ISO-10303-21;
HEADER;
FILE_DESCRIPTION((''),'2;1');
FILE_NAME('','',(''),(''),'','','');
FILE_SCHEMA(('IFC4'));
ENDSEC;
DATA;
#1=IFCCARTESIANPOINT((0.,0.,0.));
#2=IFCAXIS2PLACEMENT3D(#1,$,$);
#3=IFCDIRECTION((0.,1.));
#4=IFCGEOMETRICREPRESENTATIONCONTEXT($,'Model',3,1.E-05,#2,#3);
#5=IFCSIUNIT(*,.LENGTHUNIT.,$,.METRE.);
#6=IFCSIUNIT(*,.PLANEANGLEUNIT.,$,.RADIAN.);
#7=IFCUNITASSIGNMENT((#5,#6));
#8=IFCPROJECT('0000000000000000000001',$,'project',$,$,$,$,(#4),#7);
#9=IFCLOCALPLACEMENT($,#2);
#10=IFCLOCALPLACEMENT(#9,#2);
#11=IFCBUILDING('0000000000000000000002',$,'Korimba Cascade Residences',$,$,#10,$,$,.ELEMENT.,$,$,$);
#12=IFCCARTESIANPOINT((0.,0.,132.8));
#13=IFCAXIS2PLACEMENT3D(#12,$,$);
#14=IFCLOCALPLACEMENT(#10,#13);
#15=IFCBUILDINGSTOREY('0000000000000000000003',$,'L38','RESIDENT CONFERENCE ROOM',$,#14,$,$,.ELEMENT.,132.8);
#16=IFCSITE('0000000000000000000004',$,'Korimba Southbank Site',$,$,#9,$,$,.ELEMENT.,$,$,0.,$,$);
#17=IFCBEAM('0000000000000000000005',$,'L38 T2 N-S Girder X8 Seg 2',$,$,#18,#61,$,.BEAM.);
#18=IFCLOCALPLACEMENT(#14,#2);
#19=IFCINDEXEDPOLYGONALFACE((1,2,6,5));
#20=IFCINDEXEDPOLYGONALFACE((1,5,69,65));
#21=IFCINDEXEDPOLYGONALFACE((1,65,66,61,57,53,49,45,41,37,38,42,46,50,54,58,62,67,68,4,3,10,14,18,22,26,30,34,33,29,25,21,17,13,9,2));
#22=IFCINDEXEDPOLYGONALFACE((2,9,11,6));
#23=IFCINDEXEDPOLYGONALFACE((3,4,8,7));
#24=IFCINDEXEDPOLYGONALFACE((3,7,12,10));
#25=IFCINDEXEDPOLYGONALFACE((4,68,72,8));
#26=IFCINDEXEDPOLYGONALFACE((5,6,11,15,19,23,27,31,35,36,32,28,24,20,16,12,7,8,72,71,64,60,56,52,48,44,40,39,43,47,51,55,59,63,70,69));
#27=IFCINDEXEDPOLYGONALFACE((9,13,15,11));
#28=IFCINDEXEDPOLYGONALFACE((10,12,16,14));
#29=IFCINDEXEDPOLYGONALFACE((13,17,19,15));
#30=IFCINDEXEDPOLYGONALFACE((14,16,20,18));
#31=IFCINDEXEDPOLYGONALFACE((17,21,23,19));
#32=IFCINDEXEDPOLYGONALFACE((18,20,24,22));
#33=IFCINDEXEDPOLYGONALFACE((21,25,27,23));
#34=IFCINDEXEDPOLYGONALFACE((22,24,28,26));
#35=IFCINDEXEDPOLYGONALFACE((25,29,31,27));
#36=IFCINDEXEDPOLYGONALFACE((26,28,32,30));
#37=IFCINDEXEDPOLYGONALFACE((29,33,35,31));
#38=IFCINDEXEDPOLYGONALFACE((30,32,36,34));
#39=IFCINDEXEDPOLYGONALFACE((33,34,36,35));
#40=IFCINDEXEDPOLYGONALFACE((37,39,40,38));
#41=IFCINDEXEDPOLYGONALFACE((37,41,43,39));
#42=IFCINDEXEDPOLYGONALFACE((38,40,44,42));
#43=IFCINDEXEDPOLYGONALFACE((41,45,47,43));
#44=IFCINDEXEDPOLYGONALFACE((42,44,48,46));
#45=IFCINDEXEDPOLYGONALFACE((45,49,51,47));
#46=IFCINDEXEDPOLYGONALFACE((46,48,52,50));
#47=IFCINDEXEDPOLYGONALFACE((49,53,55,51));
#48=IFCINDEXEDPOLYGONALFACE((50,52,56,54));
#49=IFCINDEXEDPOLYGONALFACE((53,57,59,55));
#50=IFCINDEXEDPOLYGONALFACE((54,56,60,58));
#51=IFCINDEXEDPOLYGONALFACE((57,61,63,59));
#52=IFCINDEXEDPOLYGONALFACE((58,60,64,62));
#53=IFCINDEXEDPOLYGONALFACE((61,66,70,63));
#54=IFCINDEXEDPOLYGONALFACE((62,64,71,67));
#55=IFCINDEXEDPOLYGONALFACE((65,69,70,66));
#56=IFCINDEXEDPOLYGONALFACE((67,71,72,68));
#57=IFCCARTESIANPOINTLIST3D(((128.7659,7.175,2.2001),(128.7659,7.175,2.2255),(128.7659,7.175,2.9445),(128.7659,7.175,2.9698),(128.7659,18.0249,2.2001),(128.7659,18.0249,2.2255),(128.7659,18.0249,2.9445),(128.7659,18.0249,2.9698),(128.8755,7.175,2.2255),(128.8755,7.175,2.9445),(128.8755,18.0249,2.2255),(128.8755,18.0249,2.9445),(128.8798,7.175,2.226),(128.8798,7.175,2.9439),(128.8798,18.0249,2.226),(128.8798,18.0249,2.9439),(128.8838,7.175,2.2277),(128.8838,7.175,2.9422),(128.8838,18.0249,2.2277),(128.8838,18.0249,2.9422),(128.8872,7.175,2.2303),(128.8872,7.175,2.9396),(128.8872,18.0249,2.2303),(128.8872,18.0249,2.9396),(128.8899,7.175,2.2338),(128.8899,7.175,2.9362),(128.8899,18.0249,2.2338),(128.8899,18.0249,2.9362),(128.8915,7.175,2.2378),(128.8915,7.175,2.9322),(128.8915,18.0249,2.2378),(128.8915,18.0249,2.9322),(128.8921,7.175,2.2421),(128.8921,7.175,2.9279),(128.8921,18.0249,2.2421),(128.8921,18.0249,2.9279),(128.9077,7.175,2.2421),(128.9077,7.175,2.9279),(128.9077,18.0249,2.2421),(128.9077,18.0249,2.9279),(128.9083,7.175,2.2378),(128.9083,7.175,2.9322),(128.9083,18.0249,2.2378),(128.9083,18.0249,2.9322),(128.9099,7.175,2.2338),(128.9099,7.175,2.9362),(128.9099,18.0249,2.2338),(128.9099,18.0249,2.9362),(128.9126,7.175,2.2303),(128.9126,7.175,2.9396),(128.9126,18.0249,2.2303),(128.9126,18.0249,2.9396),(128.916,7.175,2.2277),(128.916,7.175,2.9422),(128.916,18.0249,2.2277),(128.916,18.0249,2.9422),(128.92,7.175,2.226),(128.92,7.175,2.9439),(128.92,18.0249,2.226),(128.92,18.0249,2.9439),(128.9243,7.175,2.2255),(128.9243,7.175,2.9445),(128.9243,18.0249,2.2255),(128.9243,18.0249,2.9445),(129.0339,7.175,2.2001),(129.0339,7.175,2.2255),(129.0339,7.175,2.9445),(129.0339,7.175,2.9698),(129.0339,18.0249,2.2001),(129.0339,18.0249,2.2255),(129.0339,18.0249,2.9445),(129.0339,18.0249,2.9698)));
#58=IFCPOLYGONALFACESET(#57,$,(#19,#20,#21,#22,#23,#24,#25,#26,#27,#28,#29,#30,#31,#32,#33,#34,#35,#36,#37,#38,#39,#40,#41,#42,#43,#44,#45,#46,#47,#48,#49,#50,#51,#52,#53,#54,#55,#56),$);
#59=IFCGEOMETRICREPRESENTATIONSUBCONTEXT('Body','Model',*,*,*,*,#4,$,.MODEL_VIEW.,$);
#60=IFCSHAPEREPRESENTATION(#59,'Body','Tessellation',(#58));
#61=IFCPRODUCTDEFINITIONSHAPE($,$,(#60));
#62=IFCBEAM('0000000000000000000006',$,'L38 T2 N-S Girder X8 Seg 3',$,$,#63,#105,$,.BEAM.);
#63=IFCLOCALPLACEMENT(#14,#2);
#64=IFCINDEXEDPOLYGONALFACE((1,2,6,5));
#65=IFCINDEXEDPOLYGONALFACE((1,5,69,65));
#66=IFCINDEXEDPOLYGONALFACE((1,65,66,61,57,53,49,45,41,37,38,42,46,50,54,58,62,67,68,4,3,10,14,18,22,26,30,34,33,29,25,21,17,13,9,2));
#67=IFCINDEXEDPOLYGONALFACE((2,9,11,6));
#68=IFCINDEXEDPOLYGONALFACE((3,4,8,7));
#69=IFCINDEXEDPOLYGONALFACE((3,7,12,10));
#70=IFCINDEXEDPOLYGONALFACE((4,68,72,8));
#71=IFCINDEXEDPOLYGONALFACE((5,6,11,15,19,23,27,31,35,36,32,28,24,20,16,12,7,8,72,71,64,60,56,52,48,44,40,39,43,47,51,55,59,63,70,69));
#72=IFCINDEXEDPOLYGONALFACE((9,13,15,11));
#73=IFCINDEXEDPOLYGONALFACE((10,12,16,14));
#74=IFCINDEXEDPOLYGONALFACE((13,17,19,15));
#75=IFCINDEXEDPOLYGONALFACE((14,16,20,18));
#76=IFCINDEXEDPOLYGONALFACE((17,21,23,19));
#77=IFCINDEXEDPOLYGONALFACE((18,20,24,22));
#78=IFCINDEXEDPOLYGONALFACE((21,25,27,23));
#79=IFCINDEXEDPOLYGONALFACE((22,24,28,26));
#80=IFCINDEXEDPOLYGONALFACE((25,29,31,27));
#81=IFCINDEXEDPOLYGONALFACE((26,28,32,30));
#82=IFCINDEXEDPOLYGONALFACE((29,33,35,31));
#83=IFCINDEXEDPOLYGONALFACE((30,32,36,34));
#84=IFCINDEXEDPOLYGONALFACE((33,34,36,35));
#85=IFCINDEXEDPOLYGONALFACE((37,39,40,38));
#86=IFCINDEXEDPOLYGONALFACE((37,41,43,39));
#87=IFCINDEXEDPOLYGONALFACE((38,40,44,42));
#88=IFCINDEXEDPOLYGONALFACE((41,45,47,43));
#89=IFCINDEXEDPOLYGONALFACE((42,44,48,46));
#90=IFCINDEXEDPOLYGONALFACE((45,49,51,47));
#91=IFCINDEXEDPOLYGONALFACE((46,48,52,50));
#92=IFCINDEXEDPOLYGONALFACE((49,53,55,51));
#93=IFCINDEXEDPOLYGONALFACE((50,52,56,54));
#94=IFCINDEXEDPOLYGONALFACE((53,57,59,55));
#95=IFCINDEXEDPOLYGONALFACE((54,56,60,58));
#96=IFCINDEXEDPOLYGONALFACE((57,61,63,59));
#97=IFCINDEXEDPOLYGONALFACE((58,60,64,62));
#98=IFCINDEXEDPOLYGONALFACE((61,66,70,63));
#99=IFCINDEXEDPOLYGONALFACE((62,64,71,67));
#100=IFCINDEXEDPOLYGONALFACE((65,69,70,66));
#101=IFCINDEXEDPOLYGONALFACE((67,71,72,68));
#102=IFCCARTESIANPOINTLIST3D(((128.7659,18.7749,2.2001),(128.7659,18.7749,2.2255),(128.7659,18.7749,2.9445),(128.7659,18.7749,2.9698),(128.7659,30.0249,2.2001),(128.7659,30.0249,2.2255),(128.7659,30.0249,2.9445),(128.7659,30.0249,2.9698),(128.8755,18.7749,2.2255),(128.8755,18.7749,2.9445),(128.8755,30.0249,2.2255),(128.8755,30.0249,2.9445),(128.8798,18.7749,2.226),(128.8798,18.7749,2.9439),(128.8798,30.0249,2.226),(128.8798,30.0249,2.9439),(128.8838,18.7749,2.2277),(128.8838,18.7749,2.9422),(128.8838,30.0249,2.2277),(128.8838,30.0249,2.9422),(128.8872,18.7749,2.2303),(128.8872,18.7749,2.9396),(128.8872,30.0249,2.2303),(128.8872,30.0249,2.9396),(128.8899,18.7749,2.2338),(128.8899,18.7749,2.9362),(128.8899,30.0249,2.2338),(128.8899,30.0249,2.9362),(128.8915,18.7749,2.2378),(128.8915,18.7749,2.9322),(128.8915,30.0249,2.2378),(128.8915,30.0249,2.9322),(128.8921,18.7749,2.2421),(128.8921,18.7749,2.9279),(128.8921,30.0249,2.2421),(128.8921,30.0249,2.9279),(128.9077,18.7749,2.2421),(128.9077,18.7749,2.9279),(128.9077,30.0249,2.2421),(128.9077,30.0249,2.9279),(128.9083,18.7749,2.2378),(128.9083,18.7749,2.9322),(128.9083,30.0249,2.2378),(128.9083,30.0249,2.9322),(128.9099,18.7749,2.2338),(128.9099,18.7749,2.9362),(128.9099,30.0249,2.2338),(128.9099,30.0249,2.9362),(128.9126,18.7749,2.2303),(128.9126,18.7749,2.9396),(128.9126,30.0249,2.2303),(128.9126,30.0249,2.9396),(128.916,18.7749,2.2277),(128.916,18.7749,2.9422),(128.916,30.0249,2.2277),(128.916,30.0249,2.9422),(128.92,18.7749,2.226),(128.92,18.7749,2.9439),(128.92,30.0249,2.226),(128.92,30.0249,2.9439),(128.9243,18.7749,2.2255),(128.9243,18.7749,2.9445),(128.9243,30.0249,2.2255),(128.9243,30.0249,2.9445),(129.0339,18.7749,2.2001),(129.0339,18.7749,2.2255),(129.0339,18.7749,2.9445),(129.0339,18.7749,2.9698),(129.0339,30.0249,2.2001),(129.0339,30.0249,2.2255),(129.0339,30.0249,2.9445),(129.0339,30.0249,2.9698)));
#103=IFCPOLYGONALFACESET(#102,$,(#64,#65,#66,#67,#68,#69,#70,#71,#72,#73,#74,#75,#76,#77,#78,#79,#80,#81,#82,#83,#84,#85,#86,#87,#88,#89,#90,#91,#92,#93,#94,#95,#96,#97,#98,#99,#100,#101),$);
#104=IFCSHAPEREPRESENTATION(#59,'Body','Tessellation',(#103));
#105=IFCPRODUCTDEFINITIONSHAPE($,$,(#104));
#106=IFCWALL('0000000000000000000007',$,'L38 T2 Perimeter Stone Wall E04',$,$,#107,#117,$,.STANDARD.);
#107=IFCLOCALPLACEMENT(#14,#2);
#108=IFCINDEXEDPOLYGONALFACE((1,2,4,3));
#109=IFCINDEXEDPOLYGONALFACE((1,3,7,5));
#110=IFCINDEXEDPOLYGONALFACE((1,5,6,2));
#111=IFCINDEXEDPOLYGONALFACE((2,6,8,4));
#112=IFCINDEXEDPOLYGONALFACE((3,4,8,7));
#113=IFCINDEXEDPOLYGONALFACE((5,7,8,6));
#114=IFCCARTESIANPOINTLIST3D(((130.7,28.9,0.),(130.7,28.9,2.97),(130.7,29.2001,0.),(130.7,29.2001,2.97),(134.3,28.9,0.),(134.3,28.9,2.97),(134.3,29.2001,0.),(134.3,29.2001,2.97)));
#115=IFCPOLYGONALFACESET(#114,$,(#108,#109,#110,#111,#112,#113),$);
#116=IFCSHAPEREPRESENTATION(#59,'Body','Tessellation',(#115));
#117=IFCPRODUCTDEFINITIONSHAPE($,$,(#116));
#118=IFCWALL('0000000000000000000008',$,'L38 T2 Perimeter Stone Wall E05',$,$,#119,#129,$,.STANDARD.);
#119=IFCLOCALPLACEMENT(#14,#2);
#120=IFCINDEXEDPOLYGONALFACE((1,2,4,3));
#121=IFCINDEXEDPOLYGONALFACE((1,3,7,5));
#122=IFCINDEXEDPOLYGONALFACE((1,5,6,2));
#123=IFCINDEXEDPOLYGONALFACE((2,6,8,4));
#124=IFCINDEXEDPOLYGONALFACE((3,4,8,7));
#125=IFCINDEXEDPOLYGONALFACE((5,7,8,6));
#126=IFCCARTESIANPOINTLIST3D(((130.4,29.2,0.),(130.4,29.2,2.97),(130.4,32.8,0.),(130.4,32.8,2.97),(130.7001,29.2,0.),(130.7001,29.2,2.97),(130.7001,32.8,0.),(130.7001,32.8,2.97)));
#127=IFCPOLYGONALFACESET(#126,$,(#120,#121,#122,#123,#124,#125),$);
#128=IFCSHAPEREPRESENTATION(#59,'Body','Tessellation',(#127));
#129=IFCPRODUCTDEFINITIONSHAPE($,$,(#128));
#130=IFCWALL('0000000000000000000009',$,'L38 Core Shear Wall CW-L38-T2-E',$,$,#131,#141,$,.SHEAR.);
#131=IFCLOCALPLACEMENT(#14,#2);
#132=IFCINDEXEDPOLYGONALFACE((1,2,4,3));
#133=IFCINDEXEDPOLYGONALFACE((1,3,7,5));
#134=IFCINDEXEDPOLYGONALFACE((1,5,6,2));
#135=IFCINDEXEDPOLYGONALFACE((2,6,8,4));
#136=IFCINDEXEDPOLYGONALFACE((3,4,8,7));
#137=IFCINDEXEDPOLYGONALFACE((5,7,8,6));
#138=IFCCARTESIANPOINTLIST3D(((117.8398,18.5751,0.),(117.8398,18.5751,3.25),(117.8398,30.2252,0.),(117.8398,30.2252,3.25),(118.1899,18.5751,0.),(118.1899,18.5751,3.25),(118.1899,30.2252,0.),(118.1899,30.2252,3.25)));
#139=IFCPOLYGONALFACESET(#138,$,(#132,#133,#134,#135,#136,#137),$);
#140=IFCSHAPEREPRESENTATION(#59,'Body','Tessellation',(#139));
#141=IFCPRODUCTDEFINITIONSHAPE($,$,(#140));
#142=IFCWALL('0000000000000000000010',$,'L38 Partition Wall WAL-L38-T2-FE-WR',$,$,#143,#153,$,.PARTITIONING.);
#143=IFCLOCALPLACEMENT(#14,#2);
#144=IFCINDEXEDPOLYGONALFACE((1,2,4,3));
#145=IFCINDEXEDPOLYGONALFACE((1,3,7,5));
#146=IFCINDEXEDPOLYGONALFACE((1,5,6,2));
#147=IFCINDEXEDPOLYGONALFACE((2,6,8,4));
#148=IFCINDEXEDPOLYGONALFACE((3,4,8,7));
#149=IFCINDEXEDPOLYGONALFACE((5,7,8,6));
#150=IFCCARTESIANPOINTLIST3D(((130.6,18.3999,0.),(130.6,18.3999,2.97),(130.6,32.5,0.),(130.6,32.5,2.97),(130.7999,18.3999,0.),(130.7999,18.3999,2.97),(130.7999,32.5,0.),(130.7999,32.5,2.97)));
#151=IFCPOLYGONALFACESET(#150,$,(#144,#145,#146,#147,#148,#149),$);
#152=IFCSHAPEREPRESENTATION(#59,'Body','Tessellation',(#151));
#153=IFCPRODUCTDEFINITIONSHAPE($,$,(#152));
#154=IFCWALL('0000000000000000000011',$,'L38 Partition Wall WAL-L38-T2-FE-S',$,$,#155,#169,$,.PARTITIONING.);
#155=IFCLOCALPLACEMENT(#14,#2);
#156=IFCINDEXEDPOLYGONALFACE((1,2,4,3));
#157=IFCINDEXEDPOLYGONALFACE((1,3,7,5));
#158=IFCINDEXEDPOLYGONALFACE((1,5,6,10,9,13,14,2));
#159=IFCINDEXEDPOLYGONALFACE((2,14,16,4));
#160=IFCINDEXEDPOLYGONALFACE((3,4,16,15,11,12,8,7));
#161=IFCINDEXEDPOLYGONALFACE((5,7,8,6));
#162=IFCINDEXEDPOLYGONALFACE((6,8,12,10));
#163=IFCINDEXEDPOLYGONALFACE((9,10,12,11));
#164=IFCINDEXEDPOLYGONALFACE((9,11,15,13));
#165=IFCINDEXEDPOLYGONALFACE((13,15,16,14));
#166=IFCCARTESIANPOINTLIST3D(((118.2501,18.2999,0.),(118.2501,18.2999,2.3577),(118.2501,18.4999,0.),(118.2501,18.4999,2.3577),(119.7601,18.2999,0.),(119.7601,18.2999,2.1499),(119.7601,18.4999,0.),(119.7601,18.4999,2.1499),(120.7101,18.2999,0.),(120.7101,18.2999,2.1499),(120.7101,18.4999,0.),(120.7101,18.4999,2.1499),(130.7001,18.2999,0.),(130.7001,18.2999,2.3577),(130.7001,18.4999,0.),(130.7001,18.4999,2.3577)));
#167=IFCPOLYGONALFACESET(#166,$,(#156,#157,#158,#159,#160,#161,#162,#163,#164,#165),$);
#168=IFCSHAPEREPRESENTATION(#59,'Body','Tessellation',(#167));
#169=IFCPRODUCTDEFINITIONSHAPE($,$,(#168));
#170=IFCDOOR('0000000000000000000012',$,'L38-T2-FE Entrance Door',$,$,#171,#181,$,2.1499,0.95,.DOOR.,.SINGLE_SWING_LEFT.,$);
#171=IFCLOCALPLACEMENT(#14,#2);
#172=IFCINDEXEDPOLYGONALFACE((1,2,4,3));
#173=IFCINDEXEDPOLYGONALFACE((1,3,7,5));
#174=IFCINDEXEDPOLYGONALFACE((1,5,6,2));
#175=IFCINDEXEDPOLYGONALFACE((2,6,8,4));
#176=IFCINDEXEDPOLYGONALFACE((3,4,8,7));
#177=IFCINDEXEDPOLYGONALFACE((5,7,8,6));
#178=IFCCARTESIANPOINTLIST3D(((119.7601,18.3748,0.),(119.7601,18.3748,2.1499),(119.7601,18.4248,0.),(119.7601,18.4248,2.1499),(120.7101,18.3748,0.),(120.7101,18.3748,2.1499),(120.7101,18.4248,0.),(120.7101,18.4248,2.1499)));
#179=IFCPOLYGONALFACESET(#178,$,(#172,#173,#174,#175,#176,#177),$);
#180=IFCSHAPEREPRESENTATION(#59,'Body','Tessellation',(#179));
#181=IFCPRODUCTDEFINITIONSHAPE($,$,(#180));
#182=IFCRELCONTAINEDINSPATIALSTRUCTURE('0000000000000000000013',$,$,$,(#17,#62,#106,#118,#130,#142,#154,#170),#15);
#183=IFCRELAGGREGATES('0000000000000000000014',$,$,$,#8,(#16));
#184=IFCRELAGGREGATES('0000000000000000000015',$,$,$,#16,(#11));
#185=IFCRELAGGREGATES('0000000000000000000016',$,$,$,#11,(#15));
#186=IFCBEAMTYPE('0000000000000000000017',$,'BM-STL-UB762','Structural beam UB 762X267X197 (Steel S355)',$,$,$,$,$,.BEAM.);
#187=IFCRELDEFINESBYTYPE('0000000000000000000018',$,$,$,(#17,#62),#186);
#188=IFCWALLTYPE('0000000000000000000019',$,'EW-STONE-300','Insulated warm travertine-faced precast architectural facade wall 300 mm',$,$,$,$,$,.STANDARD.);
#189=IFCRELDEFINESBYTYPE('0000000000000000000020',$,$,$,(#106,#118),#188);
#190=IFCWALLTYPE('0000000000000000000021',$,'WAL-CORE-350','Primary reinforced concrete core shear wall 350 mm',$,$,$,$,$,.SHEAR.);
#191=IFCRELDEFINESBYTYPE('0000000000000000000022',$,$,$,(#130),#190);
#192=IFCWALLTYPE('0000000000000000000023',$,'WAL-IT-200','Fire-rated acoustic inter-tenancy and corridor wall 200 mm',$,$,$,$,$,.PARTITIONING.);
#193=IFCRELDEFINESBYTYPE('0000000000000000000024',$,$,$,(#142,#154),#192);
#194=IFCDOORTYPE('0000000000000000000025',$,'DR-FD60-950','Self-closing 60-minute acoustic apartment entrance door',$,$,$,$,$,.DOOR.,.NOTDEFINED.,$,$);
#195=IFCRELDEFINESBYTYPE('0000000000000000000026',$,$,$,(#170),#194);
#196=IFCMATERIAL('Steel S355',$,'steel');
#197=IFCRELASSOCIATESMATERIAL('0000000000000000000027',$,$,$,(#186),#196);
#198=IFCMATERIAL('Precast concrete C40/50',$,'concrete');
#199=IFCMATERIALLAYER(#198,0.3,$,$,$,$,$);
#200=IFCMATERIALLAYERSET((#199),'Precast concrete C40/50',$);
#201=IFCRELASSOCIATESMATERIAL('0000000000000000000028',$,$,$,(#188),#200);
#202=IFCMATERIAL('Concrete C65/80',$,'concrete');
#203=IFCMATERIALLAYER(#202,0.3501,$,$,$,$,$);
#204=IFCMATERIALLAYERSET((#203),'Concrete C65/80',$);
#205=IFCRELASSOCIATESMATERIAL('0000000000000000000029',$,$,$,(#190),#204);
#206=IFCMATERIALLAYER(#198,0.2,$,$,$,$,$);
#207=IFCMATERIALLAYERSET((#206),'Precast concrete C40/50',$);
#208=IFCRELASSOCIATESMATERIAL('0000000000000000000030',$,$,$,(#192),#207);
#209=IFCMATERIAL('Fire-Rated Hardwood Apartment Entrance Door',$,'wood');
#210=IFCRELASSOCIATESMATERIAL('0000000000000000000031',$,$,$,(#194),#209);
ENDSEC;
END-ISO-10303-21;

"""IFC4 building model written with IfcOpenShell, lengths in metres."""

from ifc_helpers import new_model, si_unit, direction, frame, frame_2d, origin, origin_2d, place, context, subcontext, project, spatial, rectangle, i_section, extrude, material, layer, layer_set, material_profile, profile_set, type_object, element, fill, save


model = new_model("IFC4")

# Units and contexts
model_context = context("Model", 3, precision=1e-05, world=origin(), true_north=direction((0.0, 1.0)))
body_context = subcontext(model_context, "Body", "Model", "MODEL_VIEW")
ifc_project = project(units=[si_unit("LENGTHUNIT", "METRE"), si_unit("PLANEANGLEUNIT", "RADIAN")], contexts=[model_context])

# Site, building, storey
site_placement = place(None, origin())
site = spatial("IfcSite", under=ifc_project, at=site_placement, Name="Korimba Southbank Site", CompositionType="ELEMENT", RefElevation=0.0)
building_placement = place(site_placement, origin())
building = spatial("IfcBuilding", under=site, at=building_placement, Name="Korimba Cascade Residences", CompositionType="ELEMENT")
storey_placement = place(building_placement, frame((0.0, 0.0, 132.8)))
storey = spatial("IfcBuildingStorey", under=building, at=storey_placement, Name="L38", Description="RESIDENT CONFERENCE ROOM", CompositionType="ELEMENT", Elevation=132.8)

# Shared definitions
ifc_material_1 = material(Name="Concrete C65/80", Category="concrete")

# Beams
ifc_material_2 = material(Name="Steel S355", Category="steel")
ifc_material_profile_1 = material_profile(ifc_material_2, i_section(OverallWidth=0.2681, OverallDepth=0.7698, WebThickness=0.0156, FlangeThickness=0.0254, FilletRadius=0.0166, at=origin_2d()), Name="Steel S355")
ifc_profile_set_1 = profile_set([ifc_material_profile_1], Name="Steel S355")
beam_type_1 = type_object("IfcBeamType", Name="BM-STL-UB762", Description="Structural beam UB 762X267X197 (Steel S355)", PredefinedType="BEAM", material=ifc_profile_set_1)
beam_1_placement = place(storey_placement, frame((128.8999, 7.175, 2.585), z_axis=(0.0, 1.0, 0.0), x_axis=(-1.0, 0.0, 0.0)))
element("IfcBeam", 1, at=beam_1_placement, inside=storey, type_object=beam_type_1, Name="L38 T2 N-S Girder X8 Seg 2", PredefinedType="BEAM", context=body_context, shape_type="SweptSolid", body=[
    extrude(i_section(OverallWidth=0.2681, OverallDepth=0.7698, WebThickness=0.0156, FlangeThickness=0.0254, FilletRadius=0.0166, at=origin_2d()), origin(), (0.0, 0.0, 1.0), 10.8499),
])
beam_2_placement = place(storey_placement, frame((128.8999, 18.7749, 2.585), z_axis=(0.0, 1.0, 0.0), x_axis=(-1.0, 0.0, 0.0)))
element("IfcBeam", 2, at=beam_2_placement, inside=storey, type_object=beam_type_1, Name="L38 T2 N-S Girder X8 Seg 3", PredefinedType="BEAM", context=body_context, shape_type="SweptSolid", body=[
    extrude(i_section(OverallWidth=0.2681, OverallDepth=0.7698, WebThickness=0.0156, FlangeThickness=0.0254, FilletRadius=0.0166, at=origin_2d()), origin(), (0.0, 0.0, 1.0), 11.25),
])

# Walls
ifc_material_3 = material(Name="Precast concrete C40/50", Category="concrete")
ifc_layer_1 = layer(ifc_material_3, 0.3)
ifc_layer_set_1 = layer_set([ifc_layer_1], Name="Precast concrete C40/50")
wall_type_1 = type_object("IfcWallType", Name="EW-STONE-300", Description="Insulated warm travertine-faced precast architectural facade wall 300 mm", PredefinedType="STANDARD", material=ifc_layer_set_1)
for number, where, z_axis, x_axis, name in (
    (3, (134.3, 29.05, 0.0), (0.0, 0.0, 1.0), (-1.0, 0.0, 0.0), "L38 T2 Perimeter Stone Wall E04"),
    (4, (130.55, 29.2, 0.0), (0.0, 0.0, 1.0), (0.0, 1.0, 0.0), "L38 T2 Perimeter Stone Wall E05"),
):
    element("IfcWall", number, at=place(storey_placement, frame(where, z_axis=z_axis, x_axis=x_axis)), inside=storey, type_object=wall_type_1, Name=name, PredefinedType="STANDARD", context=body_context, shape_type="SweptSolid", body=[
        extrude(rectangle(XDim=3.6001, YDim=0.3, at=frame_2d((1.8, 0.0))), origin(), (0.0, 0.0, 1.0), 2.97),
    ])
ifc_layer_2 = layer(ifc_material_1, 0.3501)
ifc_layer_set_2 = layer_set([ifc_layer_2], Name="Concrete C65/80")
wall_type_2 = type_object("IfcWallType", Name="WAL-CORE-350", Description="Primary reinforced concrete core shear wall 350 mm", PredefinedType="SHEAR", material=ifc_layer_set_2)
wall_1_placement = place(storey_placement, frame((118.0149, 18.575, 0.0), z_axis=(0.0, 0.0, 1.0), x_axis=(0.0, 1.0, 0.0)))
element("IfcWall", 5, at=wall_1_placement, inside=storey, type_object=wall_type_2, Name="L38 Core Shear Wall CW-L38-T2-E", PredefinedType="SHEAR", context=body_context, shape_type="SweptSolid", body=[
    extrude(rectangle(XDim=11.6501, YDim=0.3501, at=frame_2d((5.8252, 0.0))), origin(), (0.0, 0.0, 1.0), 3.25),
])
ifc_layer_3 = layer(ifc_material_3, 0.2)
ifc_layer_set_3 = layer_set([ifc_layer_3], Name="Precast concrete C40/50")
wall_type_3 = type_object("IfcWallType", Name="WAL-IT-200", Description="Fire-rated acoustic inter-tenancy and corridor wall 200 mm", PredefinedType="PARTITIONING", material=ifc_layer_set_3)
wall_2_placement = place(storey_placement, frame((130.7, 18.3999, 0.0), z_axis=(0.0, 0.0, 1.0), x_axis=(0.0, 1.0, 0.0)))
element("IfcWall", 6, at=wall_2_placement, inside=storey, type_object=wall_type_3, Name="L38 Partition Wall WAL-L38-T2-FE-WR", PredefinedType="PARTITIONING", context=body_context, shape_type="SweptSolid", body=[
    extrude(rectangle(XDim=14.1001, YDim=0.2, at=frame_2d((7.05, 0.0))), origin(), (0.0, 0.0, 1.0), 2.97),
])

# Wall, opening, door
wall_3_placement = place(storey_placement, frame((118.25, 18.3999, 0.0), z_axis=(0.0, 0.0, 1.0), x_axis=(1.0, 0.0, 0.0)))
wall_3 = element("IfcWall", 7, at=wall_3_placement, inside=storey, type_object=wall_type_3, Name="L38 Partition Wall WAL-L38-T2-FE-S", PredefinedType="PARTITIONING", context=body_context, shape_type="SweptSolid", body=[
    extrude(rectangle(XDim=12.45, YDim=0.2, at=frame_2d((6.2251, 0.0))), origin(), (0.0, 0.0, 1.0), 2.3577),
])
opening_1_placement = place(wall_3_placement, frame((1.51, 0.0, 0.0)))
opening_1 = element("IfcOpeningElement", 8, at=opening_1_placement, cuts=wall_3, PredefinedType="OPENING", context=body_context, shape_type="SweptSolid", body=[
    extrude(rectangle(XDim=0.95, YDim=2.1499, at=frame_2d((0.4751, 1.075))), frame((0.0, 0.1099, 0.0), z_axis=(0.0, -1.0, 0.0), x_axis=(1.0, 0.0, 0.0)), (0.0, 0.0, 1.0), 0.22),
])
ifc_material_4 = material(Name="Fire-Rated Hardwood Apartment Entrance Door", Category="wood")
door_type_1 = type_object("IfcDoorType", Name="DR-FD60-950", Description="Self-closing 60-minute acoustic apartment entrance door", OperationType="NOTDEFINED", PredefinedType="DOOR", material=ifc_material_4)
door_1_placement = place(opening_1_placement, origin())
door_1 = element("IfcDoor", 9, at=door_1_placement, inside=storey, type_object=door_type_1, Name="L38-T2-FE Entrance Door", OperationType="SINGLE_SWING_LEFT", OverallHeight=2.1499, OverallWidth=0.95, PredefinedType="DOOR", context=body_context, shape_type="SweptSolid", body=[
    extrude(rectangle(XDim=0.95, YDim=2.1499, at=frame_2d((0.4751, 1.075))), frame((0.0, 0.0249, 0.0), z_axis=(0.0, -1.0, 0.0), x_axis=(1.0, 0.0, 0.0)), (0.0, 0.0, 1.0), 0.05),
])
fill(opening_1, door_1)

save(model, "model.ifc")
